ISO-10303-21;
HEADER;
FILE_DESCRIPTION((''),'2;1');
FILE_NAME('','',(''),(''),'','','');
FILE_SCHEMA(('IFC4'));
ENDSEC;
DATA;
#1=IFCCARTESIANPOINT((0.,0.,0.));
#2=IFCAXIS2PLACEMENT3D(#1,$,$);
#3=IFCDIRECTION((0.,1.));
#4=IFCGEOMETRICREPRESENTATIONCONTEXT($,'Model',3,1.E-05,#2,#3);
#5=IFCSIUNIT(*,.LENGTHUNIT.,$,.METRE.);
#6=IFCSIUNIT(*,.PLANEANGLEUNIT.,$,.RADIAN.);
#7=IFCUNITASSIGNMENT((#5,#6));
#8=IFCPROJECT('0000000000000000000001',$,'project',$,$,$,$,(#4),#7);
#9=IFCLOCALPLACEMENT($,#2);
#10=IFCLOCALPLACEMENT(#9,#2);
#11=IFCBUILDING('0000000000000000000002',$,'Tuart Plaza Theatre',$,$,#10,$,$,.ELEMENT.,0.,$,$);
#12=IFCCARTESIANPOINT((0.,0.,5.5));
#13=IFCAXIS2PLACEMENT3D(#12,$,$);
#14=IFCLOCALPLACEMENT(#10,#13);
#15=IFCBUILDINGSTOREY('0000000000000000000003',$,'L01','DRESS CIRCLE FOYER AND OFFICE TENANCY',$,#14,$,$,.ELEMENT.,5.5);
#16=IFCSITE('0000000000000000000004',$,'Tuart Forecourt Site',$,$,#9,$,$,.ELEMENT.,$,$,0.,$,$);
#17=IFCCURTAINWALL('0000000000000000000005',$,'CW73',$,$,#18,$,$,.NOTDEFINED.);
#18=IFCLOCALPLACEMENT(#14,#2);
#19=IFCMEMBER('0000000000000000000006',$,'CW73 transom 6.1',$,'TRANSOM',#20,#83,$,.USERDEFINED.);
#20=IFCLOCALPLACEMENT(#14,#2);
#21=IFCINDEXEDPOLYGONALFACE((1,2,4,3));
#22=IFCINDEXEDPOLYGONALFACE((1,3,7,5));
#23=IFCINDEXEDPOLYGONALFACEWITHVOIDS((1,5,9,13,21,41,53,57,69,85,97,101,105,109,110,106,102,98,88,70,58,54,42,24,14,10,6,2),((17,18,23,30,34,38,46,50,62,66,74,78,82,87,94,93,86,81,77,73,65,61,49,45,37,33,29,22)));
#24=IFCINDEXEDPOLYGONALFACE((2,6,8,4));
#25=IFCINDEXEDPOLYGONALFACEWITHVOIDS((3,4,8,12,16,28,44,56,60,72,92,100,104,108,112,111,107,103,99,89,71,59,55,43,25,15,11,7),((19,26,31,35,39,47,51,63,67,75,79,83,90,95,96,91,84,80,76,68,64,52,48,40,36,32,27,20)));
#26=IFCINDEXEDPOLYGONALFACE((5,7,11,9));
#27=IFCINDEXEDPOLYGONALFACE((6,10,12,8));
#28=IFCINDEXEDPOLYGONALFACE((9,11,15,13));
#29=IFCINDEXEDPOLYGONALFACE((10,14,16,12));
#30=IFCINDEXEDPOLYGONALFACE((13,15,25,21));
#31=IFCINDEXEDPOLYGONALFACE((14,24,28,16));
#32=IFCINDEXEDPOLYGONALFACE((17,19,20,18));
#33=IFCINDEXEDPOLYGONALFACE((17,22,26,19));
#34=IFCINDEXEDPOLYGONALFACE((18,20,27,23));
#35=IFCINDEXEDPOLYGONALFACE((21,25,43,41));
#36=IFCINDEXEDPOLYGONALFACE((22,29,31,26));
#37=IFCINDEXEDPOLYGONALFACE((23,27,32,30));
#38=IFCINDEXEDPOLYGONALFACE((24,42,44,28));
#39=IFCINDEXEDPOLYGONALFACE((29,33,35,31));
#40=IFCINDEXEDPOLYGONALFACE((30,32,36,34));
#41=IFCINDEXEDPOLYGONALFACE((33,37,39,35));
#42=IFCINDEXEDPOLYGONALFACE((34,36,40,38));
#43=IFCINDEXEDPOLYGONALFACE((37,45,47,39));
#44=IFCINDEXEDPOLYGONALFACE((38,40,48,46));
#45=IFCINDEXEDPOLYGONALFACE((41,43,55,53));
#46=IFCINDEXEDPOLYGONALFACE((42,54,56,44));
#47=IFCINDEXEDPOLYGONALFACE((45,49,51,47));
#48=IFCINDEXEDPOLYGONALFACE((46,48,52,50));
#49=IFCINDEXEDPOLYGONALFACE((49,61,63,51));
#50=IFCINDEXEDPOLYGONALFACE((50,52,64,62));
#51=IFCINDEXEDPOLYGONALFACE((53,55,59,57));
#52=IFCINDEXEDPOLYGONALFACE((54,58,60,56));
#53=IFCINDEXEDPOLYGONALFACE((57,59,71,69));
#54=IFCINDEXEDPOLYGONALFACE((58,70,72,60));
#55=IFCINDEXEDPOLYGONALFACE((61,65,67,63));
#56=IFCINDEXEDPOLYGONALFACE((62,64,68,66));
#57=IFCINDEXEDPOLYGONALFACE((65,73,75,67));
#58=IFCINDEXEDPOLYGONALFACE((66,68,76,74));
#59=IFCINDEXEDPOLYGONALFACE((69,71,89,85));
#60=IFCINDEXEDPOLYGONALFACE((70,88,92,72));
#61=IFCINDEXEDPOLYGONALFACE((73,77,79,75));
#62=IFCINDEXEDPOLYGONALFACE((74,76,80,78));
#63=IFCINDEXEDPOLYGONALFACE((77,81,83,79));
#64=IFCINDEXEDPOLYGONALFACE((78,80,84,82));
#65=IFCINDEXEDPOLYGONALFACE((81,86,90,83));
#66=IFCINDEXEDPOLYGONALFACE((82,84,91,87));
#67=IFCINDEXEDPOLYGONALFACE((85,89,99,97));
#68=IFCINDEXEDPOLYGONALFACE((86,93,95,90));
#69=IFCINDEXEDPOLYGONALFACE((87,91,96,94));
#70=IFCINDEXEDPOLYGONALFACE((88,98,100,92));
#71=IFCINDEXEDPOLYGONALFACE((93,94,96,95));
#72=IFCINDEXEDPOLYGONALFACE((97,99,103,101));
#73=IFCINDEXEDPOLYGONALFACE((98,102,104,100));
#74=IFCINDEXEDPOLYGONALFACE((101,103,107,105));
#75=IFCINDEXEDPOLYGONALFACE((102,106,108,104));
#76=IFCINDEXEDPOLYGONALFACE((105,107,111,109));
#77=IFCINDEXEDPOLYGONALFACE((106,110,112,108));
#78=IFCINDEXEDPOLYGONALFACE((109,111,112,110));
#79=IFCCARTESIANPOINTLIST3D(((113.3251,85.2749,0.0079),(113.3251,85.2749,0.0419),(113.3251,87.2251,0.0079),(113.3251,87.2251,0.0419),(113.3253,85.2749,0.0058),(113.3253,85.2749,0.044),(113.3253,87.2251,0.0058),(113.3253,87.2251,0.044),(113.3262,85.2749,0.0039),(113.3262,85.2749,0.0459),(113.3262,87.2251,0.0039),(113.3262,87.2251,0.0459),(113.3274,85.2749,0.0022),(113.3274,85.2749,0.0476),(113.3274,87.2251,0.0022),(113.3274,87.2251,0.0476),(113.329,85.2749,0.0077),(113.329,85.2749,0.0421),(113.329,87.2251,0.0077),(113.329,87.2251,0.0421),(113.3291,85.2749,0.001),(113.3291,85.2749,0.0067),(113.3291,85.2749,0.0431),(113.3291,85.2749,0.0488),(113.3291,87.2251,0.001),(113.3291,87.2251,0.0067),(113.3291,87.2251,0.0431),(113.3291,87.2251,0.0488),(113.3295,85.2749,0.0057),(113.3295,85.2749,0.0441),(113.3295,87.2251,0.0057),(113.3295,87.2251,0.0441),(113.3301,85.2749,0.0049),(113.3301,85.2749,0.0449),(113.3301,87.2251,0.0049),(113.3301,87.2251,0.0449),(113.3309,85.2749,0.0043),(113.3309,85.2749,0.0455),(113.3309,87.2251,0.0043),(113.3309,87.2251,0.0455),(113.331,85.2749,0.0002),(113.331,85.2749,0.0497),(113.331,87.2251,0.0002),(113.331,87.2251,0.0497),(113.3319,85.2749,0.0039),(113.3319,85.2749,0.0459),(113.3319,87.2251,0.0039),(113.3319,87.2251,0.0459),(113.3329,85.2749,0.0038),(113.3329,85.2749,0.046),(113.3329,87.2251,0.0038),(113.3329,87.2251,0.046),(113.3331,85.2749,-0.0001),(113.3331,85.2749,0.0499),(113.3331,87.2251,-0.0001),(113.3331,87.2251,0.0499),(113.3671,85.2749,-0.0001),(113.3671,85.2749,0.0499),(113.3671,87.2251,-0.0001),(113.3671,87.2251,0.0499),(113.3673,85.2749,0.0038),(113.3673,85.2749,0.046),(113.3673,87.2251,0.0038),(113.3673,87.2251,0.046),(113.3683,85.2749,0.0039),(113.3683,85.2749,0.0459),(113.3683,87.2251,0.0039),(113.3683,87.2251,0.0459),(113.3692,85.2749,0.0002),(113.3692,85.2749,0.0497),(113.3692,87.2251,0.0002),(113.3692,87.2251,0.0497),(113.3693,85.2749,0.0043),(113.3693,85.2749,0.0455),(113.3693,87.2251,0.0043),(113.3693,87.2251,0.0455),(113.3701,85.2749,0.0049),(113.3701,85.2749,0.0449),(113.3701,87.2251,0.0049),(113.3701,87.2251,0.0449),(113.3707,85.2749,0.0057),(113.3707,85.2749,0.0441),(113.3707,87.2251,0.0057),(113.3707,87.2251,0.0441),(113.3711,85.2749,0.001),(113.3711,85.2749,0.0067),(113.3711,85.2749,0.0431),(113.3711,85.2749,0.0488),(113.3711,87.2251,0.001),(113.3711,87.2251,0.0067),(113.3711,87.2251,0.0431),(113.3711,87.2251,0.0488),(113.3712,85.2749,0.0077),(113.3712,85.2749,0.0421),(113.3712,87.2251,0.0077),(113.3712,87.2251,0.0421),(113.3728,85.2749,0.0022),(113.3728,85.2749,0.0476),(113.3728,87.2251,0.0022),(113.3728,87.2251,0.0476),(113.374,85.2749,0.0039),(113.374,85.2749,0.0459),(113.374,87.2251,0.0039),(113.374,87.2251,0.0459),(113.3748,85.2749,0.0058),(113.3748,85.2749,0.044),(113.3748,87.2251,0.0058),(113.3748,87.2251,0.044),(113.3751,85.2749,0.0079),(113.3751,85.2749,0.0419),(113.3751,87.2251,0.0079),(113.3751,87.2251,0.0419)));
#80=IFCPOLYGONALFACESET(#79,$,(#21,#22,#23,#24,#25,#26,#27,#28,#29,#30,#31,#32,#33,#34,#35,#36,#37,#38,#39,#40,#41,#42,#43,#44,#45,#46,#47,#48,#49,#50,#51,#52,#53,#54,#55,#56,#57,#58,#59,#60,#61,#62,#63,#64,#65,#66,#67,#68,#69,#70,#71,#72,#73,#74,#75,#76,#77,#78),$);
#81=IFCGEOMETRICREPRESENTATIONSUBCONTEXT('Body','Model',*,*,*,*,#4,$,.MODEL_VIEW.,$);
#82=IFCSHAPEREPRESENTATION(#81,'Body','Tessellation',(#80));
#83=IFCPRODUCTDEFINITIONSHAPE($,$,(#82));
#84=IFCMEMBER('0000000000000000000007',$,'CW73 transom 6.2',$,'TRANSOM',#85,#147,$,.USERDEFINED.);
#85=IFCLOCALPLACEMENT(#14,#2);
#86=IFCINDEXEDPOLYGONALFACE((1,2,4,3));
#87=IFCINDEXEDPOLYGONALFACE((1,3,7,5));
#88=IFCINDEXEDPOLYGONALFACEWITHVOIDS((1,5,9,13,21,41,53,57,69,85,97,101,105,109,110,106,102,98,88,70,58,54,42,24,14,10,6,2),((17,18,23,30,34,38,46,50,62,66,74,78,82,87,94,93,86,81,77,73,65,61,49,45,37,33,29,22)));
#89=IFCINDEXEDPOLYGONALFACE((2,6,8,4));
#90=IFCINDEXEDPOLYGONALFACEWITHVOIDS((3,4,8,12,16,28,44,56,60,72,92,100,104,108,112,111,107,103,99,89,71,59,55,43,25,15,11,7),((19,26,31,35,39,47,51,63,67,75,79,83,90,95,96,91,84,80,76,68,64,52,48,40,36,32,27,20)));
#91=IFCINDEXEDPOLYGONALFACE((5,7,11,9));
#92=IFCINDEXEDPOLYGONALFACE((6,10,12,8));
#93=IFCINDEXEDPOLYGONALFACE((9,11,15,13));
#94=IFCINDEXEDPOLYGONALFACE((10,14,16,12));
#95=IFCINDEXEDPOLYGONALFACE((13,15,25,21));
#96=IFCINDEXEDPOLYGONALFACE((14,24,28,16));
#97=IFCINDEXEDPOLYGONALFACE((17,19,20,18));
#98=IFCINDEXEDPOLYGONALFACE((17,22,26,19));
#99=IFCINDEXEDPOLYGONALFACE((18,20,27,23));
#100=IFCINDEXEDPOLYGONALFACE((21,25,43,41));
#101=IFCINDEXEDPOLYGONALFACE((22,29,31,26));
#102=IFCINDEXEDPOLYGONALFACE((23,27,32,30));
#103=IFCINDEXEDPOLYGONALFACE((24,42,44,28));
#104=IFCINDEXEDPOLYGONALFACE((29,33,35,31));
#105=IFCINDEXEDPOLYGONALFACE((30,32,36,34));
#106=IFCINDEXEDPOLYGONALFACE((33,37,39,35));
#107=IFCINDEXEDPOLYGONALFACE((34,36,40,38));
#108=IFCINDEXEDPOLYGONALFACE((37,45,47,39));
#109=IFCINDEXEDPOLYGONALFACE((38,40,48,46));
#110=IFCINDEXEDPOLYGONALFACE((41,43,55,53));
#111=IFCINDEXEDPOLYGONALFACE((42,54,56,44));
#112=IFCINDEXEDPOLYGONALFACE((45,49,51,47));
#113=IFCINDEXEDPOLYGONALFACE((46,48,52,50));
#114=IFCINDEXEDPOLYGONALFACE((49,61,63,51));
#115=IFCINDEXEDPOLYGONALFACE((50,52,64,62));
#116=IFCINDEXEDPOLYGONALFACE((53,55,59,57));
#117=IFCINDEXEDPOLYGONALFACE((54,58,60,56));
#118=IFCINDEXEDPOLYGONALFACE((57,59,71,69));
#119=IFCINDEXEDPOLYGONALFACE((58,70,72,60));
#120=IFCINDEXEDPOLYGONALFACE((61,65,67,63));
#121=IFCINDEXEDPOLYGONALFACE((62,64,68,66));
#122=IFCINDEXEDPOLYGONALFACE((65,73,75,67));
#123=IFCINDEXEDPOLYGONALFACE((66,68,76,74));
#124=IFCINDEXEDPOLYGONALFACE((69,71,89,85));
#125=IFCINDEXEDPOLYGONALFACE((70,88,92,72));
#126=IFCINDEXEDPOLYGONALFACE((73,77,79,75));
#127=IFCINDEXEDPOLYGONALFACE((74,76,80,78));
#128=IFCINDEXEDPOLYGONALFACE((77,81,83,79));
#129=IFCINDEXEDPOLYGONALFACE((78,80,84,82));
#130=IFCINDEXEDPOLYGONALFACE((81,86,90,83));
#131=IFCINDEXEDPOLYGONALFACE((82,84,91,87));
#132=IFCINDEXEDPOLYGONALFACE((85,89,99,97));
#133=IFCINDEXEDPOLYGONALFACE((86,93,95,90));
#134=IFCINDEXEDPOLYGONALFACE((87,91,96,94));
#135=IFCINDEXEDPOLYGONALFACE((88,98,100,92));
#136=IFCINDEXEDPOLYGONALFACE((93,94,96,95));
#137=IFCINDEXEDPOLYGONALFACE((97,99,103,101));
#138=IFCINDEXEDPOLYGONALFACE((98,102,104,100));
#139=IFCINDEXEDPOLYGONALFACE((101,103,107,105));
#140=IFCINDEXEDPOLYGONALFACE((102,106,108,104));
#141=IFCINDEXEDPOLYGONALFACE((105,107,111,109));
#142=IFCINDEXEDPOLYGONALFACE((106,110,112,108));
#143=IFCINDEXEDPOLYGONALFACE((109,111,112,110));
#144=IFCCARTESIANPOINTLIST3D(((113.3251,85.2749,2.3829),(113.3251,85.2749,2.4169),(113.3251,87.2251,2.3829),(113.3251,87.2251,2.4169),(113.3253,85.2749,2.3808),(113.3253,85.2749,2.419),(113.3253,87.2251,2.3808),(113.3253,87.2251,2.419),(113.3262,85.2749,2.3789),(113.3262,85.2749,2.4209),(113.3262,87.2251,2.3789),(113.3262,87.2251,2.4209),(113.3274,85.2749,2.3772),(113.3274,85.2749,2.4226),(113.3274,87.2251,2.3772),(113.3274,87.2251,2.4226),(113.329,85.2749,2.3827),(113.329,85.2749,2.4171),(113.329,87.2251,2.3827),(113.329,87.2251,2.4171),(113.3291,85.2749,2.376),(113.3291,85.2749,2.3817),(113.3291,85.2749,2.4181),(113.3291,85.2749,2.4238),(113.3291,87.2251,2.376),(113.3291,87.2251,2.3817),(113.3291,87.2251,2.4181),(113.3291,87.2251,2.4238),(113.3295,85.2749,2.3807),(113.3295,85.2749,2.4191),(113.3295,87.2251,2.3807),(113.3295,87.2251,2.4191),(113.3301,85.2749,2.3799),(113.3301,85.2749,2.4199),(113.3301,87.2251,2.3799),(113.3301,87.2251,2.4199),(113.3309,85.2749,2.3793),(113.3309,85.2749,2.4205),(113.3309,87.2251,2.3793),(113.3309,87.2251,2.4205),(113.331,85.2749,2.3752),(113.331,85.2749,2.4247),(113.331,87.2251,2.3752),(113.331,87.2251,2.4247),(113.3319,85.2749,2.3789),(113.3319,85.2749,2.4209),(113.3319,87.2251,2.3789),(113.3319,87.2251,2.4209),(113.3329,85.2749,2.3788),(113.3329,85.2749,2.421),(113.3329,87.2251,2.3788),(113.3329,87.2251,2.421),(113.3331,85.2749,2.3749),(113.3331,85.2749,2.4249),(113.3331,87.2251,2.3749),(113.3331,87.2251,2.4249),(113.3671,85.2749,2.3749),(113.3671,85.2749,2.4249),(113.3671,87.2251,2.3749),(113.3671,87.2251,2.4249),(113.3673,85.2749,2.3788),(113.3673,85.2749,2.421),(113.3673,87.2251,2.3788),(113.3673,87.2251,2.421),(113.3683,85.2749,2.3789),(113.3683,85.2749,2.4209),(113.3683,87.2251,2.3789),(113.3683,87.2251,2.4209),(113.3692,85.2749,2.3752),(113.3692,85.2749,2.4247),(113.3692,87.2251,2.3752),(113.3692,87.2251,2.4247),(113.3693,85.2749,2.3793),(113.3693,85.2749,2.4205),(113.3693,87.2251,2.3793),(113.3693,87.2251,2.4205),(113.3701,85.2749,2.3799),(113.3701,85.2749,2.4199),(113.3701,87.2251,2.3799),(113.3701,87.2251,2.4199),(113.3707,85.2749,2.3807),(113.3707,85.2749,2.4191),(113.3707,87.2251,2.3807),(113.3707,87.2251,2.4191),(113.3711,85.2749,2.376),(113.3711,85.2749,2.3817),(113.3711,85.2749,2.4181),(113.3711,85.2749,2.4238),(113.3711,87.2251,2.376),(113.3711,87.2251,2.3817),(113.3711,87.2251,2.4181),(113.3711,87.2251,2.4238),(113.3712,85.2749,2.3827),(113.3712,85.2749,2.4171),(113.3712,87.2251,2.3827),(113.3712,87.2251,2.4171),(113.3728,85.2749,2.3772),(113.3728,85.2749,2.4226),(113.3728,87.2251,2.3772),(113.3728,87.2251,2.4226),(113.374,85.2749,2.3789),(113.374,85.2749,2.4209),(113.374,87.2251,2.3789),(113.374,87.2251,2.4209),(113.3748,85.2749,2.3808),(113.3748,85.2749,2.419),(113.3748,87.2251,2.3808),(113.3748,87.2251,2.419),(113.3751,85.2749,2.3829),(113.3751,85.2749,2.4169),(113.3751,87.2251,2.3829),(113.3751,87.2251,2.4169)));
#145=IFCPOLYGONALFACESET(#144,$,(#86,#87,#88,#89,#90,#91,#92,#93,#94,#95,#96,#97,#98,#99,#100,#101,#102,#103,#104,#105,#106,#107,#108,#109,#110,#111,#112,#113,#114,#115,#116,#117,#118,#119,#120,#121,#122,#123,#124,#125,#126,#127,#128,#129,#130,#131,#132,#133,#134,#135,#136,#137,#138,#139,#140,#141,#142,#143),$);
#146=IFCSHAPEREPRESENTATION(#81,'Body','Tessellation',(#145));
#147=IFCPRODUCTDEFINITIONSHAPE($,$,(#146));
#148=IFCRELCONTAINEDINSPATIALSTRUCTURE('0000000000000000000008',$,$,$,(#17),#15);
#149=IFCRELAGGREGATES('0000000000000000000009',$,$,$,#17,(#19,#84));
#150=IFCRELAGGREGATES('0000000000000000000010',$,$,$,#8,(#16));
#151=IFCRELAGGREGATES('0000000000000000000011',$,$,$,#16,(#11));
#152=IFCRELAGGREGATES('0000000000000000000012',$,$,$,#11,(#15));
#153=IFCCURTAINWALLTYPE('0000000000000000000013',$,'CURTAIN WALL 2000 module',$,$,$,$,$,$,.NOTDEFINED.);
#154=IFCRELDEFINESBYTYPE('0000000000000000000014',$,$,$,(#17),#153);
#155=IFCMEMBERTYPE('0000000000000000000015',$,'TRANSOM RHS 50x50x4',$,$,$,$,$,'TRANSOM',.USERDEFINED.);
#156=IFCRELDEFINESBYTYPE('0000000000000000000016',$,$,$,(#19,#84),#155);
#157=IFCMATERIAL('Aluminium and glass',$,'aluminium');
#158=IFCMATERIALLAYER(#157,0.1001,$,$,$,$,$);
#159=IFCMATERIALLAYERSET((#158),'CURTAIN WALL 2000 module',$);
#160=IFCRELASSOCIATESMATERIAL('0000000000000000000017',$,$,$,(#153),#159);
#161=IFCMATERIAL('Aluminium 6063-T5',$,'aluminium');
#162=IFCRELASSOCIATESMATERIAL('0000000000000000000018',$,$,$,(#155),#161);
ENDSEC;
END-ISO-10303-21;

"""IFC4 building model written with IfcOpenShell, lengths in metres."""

from ifc_helpers import new_model, si_unit, direction, frame, origin, origin_2d, place, context, subcontext, project, spatial, hollow_rectangle, extrude, material, layer, layer_set, material_profile, profile_set, type_object, element, aggregate, save


model = new_model("IFC4")

# Units and contexts
model_context = context("Model", 3, precision=1e-05, world=origin(), true_north=direction((0.0, 1.0)))
body_context = subcontext(model_context, "Body", "Model", "MODEL_VIEW")
ifc_project = project(units=[si_unit("LENGTHUNIT", "METRE"), si_unit("PLANEANGLEUNIT", "RADIAN")], contexts=[model_context])

# Site, building, storey
site_placement = place(None, origin())
site = spatial("IfcSite", under=ifc_project, at=site_placement, Name="Tuart Forecourt Site", CompositionType="ELEMENT", RefElevation=0.0)
building_placement = place(site_placement, origin())
building = spatial("IfcBuilding", under=site, at=building_placement, Name="Tuart Plaza Theatre", CompositionType="ELEMENT", ElevationOfRefHeight=0.0)
storey_placement = place(building_placement, frame((0.0, 0.0, 5.5)))
storey = spatial("IfcBuildingStorey", under=building, at=storey_placement, Name="L01", Description="DRESS CIRCLE FOYER AND OFFICE TENANCY", CompositionType="ELEMENT", Elevation=5.5)

# Curtain wall, members
ifc_material_1 = material(Name="Aluminium and glass", Category="aluminium")
ifc_layer_1 = layer(ifc_material_1, 0.1001)
ifc_layer_set_1 = layer_set([ifc_layer_1], Name="CURTAIN WALL 2000 module")
curtain_wall_type = type_object("IfcCurtainWallType", Name="CURTAIN WALL 2000 module", PredefinedType="NOTDEFINED", material=ifc_layer_set_1)
curtain_wall_placement = place(storey_placement, origin())
curtain_wall = element("IfcCurtainWall", 1, at=curtain_wall_placement, inside=storey, type_object=curtain_wall_type, Name="CW73", PredefinedType="NOTDEFINED")
ifc_material_2 = material(Name="Aluminium 6063-T5", Category="aluminium")
ifc_material_profile_1 = material_profile(ifc_material_2, hollow_rectangle(XDim=0.05, YDim=0.05, WallThickness=0.0039, InnerFilletRadius=0.0039, OuterFilletRadius=0.0081, at=origin_2d()), Name="RHS 50x50x4")
ifc_profile_set_1 = profile_set([ifc_material_profile_1], Name="Aluminium 6063-T5")
member_type_1 = type_object("IfcMemberType", Name="TRANSOM RHS 50x50x4", ElementType="TRANSOM", PredefinedType="USERDEFINED", material=ifc_profile_set_1)
member_1_placement = place(storey_placement, frame((113.3501, 87.2251, 0.0249), z_axis=(0.0, -1.0, 0.0), x_axis=(1.0, 0.0, 0.0)))
member_1 = element("IfcMember", 2, at=member_1_placement, type_object=member_type_1, Name="CW73 transom 6.1", ObjectType="TRANSOM", PredefinedType="USERDEFINED", context=body_context, shape_type="SweptSolid", body=[
    extrude(hollow_rectangle(XDim=0.05, YDim=0.05, WallThickness=0.0039, InnerFilletRadius=0.0039, OuterFilletRadius=0.0081, at=origin_2d()), origin(), (0.0, 0.0, 1.0), 1.9502),
])
member_2_placement = place(storey_placement, frame((113.3501, 87.2251, 2.3999), z_axis=(0.0, -1.0, 0.0), x_axis=(1.0, 0.0, 0.0)))
member_2 = element("IfcMember", 3, at=member_2_placement, type_object=member_type_1, Name="CW73 transom 6.2", ObjectType="TRANSOM", PredefinedType="USERDEFINED", context=body_context, shape_type="SweptSolid", body=[
    extrude(hollow_rectangle(XDim=0.05, YDim=0.05, WallThickness=0.0039, InnerFilletRadius=0.0039, OuterFilletRadius=0.0081, at=origin_2d()), origin(), (0.0, 0.0, 1.0), 1.9502),
])
aggregate(curtain_wall, [member_1, member_2])

save(model, "model.ifc")
